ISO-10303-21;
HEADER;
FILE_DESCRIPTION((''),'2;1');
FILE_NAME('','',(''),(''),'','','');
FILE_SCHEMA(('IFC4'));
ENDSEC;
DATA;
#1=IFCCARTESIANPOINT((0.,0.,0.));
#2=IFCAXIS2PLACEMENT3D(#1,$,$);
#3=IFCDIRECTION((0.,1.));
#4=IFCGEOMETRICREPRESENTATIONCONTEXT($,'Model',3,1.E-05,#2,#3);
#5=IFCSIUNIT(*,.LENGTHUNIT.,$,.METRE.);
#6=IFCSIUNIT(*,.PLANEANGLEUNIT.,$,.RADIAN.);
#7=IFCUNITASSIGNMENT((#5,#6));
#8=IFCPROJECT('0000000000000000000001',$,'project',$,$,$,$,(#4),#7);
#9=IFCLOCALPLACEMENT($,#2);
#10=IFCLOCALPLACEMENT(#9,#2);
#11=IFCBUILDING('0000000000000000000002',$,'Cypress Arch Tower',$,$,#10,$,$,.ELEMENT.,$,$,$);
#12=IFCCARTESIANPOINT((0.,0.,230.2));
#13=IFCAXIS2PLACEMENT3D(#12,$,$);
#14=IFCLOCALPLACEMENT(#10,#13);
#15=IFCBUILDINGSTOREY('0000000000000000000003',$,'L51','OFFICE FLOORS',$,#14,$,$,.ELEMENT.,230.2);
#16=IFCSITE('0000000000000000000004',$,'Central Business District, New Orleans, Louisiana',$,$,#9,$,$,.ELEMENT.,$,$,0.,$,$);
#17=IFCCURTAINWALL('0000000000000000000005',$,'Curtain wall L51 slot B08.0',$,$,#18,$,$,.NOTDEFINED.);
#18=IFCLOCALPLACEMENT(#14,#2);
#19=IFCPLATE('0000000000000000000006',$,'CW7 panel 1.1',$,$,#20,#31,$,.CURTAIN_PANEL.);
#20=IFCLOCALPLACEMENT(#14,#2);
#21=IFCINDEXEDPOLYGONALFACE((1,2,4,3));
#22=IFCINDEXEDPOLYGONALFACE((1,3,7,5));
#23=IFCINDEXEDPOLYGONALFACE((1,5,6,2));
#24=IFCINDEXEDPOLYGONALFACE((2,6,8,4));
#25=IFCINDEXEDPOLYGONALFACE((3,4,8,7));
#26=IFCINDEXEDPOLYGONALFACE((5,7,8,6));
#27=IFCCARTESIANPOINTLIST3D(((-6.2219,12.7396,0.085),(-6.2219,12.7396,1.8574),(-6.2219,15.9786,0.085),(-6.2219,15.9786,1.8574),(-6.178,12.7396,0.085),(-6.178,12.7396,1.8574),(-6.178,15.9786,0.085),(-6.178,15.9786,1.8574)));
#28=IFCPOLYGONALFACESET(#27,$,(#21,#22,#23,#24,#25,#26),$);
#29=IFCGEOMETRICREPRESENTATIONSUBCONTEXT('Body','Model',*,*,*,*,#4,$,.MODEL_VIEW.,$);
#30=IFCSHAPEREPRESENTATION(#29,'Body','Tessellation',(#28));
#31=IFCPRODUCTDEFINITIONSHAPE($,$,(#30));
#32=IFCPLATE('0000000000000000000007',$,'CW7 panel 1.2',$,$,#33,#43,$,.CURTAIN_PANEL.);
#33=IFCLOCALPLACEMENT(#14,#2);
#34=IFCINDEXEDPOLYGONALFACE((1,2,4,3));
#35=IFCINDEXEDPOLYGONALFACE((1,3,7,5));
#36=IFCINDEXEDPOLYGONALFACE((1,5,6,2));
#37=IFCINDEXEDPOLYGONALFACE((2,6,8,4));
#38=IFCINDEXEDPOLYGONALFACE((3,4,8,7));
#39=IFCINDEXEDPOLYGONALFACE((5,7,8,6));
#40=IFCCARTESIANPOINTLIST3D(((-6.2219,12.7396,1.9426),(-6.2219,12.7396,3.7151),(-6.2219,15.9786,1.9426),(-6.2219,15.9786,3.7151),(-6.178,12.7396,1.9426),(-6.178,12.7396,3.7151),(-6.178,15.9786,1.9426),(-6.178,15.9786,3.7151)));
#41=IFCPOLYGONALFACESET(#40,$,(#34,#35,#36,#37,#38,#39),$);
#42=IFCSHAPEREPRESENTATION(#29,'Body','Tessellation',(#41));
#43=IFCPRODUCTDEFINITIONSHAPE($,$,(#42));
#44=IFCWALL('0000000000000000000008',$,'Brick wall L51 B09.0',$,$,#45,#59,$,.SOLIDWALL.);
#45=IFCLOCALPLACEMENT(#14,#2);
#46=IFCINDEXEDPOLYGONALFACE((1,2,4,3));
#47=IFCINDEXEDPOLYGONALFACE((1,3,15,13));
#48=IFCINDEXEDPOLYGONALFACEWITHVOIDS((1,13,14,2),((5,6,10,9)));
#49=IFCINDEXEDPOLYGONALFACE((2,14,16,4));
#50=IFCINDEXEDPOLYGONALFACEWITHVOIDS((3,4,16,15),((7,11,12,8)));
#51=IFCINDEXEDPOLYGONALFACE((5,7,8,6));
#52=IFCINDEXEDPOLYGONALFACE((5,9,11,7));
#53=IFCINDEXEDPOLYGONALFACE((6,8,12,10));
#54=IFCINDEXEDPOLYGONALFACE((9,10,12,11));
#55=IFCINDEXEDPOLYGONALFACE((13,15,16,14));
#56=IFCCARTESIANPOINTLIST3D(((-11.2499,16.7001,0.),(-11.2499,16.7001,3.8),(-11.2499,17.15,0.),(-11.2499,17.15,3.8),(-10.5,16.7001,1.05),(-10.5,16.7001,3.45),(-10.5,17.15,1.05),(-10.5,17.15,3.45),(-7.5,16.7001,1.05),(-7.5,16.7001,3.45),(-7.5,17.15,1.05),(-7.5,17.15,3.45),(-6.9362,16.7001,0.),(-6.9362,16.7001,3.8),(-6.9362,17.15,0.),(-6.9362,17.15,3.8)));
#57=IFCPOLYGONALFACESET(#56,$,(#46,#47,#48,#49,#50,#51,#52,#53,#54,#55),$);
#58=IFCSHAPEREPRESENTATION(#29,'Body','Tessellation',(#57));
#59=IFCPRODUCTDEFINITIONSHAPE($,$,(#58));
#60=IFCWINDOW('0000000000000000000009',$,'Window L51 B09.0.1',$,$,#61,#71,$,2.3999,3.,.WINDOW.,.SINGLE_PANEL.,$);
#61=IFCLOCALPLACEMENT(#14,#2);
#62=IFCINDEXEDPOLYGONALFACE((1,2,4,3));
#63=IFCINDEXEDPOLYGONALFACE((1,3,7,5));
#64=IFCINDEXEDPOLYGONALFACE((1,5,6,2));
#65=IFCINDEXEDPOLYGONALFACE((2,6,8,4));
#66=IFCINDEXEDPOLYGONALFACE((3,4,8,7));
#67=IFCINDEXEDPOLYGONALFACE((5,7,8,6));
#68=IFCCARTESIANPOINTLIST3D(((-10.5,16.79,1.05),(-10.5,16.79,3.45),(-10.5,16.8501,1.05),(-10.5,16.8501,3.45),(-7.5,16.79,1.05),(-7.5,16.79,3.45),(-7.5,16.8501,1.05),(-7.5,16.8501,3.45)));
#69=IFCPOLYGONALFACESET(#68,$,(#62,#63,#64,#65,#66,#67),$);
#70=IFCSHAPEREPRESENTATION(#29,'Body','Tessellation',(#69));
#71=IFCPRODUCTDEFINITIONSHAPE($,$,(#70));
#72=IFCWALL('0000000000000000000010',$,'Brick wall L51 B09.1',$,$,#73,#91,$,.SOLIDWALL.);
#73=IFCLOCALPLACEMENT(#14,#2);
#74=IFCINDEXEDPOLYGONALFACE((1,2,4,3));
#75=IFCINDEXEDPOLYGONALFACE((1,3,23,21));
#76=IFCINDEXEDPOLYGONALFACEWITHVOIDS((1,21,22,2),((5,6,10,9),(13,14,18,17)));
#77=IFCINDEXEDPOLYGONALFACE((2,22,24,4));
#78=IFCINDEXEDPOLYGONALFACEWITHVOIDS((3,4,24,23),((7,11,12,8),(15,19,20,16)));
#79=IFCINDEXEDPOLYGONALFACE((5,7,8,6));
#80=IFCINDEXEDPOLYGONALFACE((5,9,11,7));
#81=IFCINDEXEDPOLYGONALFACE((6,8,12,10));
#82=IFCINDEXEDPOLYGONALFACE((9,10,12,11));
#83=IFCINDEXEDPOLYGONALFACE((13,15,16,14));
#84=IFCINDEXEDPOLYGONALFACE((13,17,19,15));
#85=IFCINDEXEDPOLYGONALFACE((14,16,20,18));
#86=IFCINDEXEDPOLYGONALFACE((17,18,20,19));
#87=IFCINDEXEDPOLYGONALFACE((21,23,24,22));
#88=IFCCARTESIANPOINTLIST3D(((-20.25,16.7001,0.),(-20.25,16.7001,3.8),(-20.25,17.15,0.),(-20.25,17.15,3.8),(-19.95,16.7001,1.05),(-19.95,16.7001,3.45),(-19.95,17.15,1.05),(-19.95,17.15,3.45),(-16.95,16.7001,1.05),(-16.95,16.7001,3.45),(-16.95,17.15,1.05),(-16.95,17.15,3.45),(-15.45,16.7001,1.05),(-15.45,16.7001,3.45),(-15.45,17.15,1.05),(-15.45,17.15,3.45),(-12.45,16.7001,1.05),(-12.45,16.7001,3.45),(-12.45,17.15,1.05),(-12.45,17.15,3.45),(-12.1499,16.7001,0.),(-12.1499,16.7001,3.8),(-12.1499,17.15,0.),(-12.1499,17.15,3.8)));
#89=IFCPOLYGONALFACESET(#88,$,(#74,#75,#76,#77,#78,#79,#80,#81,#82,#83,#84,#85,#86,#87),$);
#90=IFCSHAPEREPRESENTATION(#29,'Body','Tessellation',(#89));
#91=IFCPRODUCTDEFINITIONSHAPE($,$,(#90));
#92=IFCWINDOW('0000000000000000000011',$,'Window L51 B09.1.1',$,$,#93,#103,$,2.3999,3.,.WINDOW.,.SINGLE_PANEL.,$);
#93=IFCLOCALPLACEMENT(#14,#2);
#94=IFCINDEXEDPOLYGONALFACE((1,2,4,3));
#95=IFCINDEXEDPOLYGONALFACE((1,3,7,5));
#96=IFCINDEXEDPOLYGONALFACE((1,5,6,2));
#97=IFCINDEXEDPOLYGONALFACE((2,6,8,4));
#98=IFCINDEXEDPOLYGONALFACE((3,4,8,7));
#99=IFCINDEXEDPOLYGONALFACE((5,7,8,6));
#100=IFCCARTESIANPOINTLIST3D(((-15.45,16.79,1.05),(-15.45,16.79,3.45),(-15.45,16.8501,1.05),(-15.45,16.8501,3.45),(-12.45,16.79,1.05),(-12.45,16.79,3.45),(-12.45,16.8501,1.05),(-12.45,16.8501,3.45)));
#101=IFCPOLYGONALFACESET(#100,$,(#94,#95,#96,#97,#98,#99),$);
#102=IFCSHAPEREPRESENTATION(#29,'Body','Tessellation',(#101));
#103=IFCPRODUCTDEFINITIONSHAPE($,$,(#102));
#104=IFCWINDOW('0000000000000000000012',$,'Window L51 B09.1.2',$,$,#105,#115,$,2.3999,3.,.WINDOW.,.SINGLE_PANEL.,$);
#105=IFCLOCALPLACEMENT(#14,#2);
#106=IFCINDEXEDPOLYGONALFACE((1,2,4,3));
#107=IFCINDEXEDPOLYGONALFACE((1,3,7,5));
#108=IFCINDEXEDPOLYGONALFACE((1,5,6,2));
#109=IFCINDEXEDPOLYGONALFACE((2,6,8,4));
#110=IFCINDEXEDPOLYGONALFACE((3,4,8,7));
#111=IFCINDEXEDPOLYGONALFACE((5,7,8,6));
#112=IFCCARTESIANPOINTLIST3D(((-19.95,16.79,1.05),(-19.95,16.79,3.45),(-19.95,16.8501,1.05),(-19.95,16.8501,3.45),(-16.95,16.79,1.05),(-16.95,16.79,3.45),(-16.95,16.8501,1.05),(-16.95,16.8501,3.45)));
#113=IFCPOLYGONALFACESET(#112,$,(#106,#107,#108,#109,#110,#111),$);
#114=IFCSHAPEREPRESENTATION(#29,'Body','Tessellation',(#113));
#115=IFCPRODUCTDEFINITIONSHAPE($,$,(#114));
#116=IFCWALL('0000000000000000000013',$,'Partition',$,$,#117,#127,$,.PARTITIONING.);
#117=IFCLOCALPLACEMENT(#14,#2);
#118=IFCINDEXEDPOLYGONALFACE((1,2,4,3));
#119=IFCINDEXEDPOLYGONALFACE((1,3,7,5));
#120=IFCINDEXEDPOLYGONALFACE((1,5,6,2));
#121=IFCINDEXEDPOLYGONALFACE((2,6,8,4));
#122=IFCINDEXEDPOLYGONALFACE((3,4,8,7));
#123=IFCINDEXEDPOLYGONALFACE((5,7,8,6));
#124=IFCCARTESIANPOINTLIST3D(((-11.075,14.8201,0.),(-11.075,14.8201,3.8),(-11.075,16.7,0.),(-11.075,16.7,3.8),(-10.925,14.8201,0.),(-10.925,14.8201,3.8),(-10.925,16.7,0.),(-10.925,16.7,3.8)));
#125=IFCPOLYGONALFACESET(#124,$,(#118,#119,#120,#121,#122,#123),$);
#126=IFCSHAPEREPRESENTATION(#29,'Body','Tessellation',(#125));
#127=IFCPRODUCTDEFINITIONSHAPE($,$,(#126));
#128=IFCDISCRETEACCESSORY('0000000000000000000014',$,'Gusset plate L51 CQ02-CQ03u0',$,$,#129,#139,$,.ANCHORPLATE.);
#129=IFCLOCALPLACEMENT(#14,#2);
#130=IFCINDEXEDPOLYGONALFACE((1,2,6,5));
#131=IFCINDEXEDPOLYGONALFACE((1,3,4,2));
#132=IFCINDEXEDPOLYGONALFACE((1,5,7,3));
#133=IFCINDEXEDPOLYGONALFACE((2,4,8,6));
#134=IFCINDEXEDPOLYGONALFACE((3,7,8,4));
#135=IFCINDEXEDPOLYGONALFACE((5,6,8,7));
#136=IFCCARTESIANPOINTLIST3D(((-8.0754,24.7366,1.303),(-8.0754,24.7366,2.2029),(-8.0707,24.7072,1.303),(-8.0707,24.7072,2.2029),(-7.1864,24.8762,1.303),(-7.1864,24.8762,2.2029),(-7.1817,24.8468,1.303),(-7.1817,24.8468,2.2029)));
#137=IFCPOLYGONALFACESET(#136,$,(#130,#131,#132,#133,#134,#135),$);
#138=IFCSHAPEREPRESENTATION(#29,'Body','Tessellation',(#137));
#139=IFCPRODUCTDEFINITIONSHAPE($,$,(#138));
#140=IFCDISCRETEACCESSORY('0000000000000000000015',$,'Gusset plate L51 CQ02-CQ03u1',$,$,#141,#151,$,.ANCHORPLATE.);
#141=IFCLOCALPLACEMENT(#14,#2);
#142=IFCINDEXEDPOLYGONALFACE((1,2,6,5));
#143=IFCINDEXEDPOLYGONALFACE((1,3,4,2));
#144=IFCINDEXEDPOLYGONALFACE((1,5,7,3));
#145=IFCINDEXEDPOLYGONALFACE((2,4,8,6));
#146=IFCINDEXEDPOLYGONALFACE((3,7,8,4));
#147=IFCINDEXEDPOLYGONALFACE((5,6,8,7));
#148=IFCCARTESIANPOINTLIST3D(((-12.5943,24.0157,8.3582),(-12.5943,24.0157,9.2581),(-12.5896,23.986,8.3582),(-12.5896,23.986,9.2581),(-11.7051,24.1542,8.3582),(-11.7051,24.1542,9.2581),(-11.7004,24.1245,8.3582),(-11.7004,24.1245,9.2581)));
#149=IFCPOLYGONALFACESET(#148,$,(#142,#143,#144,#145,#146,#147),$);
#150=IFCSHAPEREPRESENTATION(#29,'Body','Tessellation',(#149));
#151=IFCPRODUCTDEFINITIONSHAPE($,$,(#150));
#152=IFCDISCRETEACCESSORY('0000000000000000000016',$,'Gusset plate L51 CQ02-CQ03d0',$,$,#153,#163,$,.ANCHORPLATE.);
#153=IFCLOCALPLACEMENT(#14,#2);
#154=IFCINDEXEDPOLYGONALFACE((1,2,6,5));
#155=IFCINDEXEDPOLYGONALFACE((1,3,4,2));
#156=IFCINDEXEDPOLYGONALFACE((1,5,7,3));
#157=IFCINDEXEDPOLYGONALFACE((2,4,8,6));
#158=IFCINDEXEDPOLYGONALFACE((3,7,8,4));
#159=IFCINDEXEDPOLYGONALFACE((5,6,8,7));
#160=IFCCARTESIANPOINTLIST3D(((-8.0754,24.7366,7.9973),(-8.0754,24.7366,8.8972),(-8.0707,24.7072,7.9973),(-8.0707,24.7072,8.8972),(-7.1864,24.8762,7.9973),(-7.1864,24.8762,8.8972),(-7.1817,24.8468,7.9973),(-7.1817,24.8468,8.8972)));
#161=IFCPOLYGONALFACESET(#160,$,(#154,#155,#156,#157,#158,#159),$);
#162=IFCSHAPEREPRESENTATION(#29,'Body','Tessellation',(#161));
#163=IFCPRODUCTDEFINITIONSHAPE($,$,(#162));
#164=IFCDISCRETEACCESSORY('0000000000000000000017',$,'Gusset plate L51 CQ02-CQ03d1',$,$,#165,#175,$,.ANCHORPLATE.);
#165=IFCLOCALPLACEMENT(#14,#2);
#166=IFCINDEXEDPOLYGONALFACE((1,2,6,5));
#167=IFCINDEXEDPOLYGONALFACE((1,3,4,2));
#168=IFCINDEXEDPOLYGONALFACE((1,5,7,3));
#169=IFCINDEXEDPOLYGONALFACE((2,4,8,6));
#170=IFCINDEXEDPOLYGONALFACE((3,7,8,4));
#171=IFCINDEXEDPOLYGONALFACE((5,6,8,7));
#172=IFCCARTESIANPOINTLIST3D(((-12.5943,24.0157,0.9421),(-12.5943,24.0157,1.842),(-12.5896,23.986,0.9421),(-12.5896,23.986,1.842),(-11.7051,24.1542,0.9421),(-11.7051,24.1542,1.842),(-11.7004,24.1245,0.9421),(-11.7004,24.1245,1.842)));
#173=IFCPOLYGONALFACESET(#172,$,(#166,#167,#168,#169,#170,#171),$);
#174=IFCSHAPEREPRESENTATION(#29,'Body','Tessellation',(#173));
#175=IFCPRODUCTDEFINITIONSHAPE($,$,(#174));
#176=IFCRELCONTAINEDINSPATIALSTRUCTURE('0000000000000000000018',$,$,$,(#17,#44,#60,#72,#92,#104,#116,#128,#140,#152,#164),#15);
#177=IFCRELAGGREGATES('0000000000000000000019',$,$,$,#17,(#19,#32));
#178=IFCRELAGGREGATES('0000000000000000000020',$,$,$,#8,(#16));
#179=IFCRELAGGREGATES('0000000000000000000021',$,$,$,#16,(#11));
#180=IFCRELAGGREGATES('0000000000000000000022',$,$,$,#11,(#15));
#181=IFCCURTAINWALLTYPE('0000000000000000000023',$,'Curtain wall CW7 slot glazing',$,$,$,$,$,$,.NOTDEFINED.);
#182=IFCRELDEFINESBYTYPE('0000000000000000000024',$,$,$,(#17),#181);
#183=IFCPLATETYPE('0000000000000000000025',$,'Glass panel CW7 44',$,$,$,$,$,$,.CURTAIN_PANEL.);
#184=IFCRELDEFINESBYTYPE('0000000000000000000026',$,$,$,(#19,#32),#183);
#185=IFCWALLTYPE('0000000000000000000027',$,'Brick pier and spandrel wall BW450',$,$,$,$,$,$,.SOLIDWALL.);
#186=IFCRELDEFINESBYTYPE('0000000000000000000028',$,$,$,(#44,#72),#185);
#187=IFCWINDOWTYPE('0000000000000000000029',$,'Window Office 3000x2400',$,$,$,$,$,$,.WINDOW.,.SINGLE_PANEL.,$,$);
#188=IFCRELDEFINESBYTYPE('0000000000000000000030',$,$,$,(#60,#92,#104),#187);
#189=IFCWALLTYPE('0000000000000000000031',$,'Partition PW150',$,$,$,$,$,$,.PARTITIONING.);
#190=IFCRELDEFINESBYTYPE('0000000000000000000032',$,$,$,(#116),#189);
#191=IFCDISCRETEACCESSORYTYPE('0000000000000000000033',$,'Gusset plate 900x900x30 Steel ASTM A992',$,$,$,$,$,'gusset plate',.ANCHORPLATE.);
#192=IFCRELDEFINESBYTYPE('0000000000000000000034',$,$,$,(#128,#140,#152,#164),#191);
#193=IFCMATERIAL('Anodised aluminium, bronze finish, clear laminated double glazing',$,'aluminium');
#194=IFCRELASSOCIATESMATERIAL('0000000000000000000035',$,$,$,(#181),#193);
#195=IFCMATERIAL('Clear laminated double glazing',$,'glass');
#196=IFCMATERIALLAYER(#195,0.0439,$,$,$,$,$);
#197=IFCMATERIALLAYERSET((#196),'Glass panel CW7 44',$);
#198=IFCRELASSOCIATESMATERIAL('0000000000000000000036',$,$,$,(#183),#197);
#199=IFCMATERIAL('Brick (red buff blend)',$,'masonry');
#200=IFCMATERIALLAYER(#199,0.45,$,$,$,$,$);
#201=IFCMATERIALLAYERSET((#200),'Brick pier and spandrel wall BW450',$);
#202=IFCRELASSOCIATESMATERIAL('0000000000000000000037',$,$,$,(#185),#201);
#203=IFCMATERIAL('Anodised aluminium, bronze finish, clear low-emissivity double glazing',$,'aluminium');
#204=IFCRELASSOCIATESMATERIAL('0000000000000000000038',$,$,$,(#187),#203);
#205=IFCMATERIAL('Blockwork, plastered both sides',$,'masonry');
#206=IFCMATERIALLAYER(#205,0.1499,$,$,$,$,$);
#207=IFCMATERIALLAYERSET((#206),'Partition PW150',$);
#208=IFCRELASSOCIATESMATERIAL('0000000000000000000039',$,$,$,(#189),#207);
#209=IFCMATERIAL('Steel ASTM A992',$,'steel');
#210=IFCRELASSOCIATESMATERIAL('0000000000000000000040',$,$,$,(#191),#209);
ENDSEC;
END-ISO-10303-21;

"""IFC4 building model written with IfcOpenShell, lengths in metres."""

from ifc_helpers import new_model, si_unit, direction, frame, frame_2d, origin, origin_2d, place, context, subcontext, project, spatial, rectangle, extrude, material, layer, layer_set, material_profile, profile_set, type_object, element, fill, aggregate, save


model = new_model("IFC4")

# Units and contexts
model_context = context("Model", 3, precision=1e-05, world=origin(), true_north=direction((0.0, 1.0)))
body_context = subcontext(model_context, "Body", "Model", "MODEL_VIEW")
ifc_project = project(units=[si_unit("LENGTHUNIT", "METRE"), si_unit("PLANEANGLEUNIT", "RADIAN")], contexts=[model_context])

# Site, building, storey
site_placement = place(None, origin())
site = spatial("IfcSite", under=ifc_project, at=site_placement, Name="Central Business District, New Orleans, Louisiana", CompositionType="ELEMENT", RefElevation=0.0)
building_placement = place(site_placement, origin())
building = spatial("IfcBuilding", under=site, at=building_placement, Name="Cypress Arch Tower", CompositionType="ELEMENT")
storey_placement = place(building_placement, frame((0.0, 0.0, 230.2)))
storey = spatial("IfcBuildingStorey", under=building, at=storey_placement, Name="L51", Description="OFFICE FLOORS", CompositionType="ELEMENT", Elevation=230.2)

# Curtain wall
ifc_material_1 = material(Name="Anodised aluminium, bronze finish, clear laminated double glazing", Category="aluminium")
curtain_wall_type = type_object("IfcCurtainWallType", Name="Curtain wall CW7 slot glazing", PredefinedType="NOTDEFINED", material=ifc_material_1)
curtain_wall_placement = place(storey_placement, origin())
curtain_wall = element("IfcCurtainWall", 1, at=curtain_wall_placement, inside=storey, type_object=curtain_wall_type, Name="Curtain wall L51 slot B08.0", PredefinedType="NOTDEFINED")

# Plates
ifc_material_2 = material(Name="Clear laminated double glazing", Category="glass")
ifc_layer_1 = layer(ifc_material_2, 0.0439)
ifc_layer_set_1 = layer_set([ifc_layer_1], Name="Glass panel CW7 44")
plate_type = type_object("IfcPlateType", Name="Glass panel CW7 44", PredefinedType="CURTAIN_PANEL", material=ifc_layer_set_1)
plate_1_placement = place(storey_placement, frame((-6.2, 14.3591, 0.085), z_axis=(0.0, 0.0, 1.0), x_axis=(0.0, 1.0, 0.0)))
plate_1 = element("IfcPlate", 2, at=plate_1_placement, type_object=plate_type, Name="CW7 panel 1.1", PredefinedType="CURTAIN_PANEL", context=body_context, shape_type="SweptSolid", body=[
    extrude(rectangle(XDim=3.239, YDim=0.0439, at=origin_2d()), origin(), (0.0, 0.0, 1.0), 1.7725),
])
plate_2_placement = place(storey_placement, frame((-6.2, 14.3591, 1.9426), z_axis=(0.0, 0.0, 1.0), x_axis=(0.0, 1.0, 0.0)))
plate_2 = element("IfcPlate", 3, at=plate_2_placement, type_object=plate_type, Name="CW7 panel 1.2", PredefinedType="CURTAIN_PANEL", context=body_context, shape_type="SweptSolid", body=[
    extrude(rectangle(XDim=3.239, YDim=0.0439, at=origin_2d()), origin(), (0.0, 0.0, 1.0), 1.7725),
])
aggregate(curtain_wall, [plate_1, plate_2])

# Wall, opening, window
ifc_material_3 = material(Name="Brick (red buff blend)", Category="masonry")
ifc_layer_2 = layer(ifc_material_3, 0.45)
ifc_layer_set_2 = layer_set([ifc_layer_2], Name="Brick pier and spandrel wall BW450")
wall_type_1 = type_object("IfcWallType", Name="Brick pier and spandrel wall BW450", PredefinedType="SOLIDWALL", material=ifc_layer_set_2)
wall_1_placement = place(storey_placement, frame((-6.9363, 16.925, 0.0), z_axis=(0.0, 0.0, 1.0), x_axis=(-1.0, 0.0, 0.0)))
wall_1 = element("IfcWall", 4, at=wall_1_placement, inside=storey, type_object=wall_type_1, Name="Brick wall L51 B09.0", PredefinedType="SOLIDWALL", context=body_context, shape_type="SweptSolid", body=[
    extrude(rectangle(XDim=4.3137, YDim=0.45, at=frame_2d((2.1567, 0.0))), origin(), (0.0, 0.0, 1.0), 3.8),
])
opening_1_placement = place(wall_1_placement, frame((0.5637, 0.0, 1.05)))
opening_1 = element("IfcOpeningElement", 5, at=opening_1_placement, cuts=wall_1, PredefinedType="OPENING", context=body_context, shape_type="SweptSolid", body=[
    extrude(rectangle(XDim=3.0, YDim=2.3999, at=frame_2d((1.5, 1.2))), frame((0.0, 0.2349, 0.0), z_axis=(0.0, -1.0, 0.0), x_axis=(1.0, 0.0, 0.0)), (0.0, 0.0, 1.0), 0.47),
])
ifc_material_4 = material(Name="Anodised aluminium, bronze finish, clear low-emissivity double glazing", Category="aluminium")
window_type = type_object("IfcWindowType", Name="Window Office 3000x2400", PartitioningType="SINGLE_PANEL", PredefinedType="WINDOW", material=ifc_material_4)
window_1_placement = place(opening_1_placement, origin())
window_1 = element("IfcWindow", 6, at=window_1_placement, inside=storey, type_object=window_type, Name="Window L51 B09.0.1", OverallHeight=2.3999, OverallWidth=3.0, PartitioningType="SINGLE_PANEL", PredefinedType="WINDOW", context=body_context, shape_type="SweptSolid", body=[
    extrude(rectangle(XDim=3.0, YDim=2.3999, at=frame_2d((1.5, 1.2))), frame((0.0, 0.135, 0.0), z_axis=(0.0, -1.0, 0.0), x_axis=(1.0, 0.0, 0.0)), (0.0, 0.0, 1.0), 0.0601),
])
fill(opening_1, window_1)

# Wall, openings, windows
wall_2_placement = place(storey_placement, frame((-12.1499, 16.925, 0.0), z_axis=(0.0, 0.0, 1.0), x_axis=(-1.0, 0.0, 0.0)))
wall_2 = element("IfcWall", 7, at=wall_2_placement, inside=storey, type_object=wall_type_1, Name="Brick wall L51 B09.1", PredefinedType="SOLIDWALL", context=body_context, shape_type="SweptSolid", body=[
    extrude(rectangle(XDim=8.1001, YDim=0.45, at=frame_2d((4.05, 0.0))), origin(), (0.0, 0.0, 1.0), 3.8),
])
opening_2_placement = place(wall_2_placement, frame((0.3, 0.0, 1.05)))
opening_2 = element("IfcOpeningElement", 8, at=opening_2_placement, cuts=wall_2, PredefinedType="OPENING", context=body_context, shape_type="SweptSolid", body=[
    extrude(rectangle(XDim=3.0, YDim=2.3999, at=frame_2d((1.5, 1.2))), frame((0.0, 0.2349, 0.0), z_axis=(0.0, -1.0, 0.0), x_axis=(1.0, 0.0, 0.0)), (0.0, 0.0, 1.0), 0.47),
])
opening_3_placement = place(wall_2_placement, frame((4.8, 0.0, 1.05)))
opening_3 = element("IfcOpeningElement", 9, at=opening_3_placement, cuts=wall_2, PredefinedType="OPENING", context=body_context, shape_type="SweptSolid", body=[
    extrude(rectangle(XDim=3.0, YDim=2.3999, at=frame_2d((1.5, 1.2))), frame((0.0, 0.2349, 0.0), z_axis=(0.0, -1.0, 0.0), x_axis=(1.0, 0.0, 0.0)), (0.0, 0.0, 1.0), 0.47),
])
window_2_placement = place(opening_2_placement, origin())
window_2 = element("IfcWindow", 10, at=window_2_placement, inside=storey, type_object=window_type, Name="Window L51 B09.1.1", OverallHeight=2.3999, OverallWidth=3.0, PartitioningType="SINGLE_PANEL", PredefinedType="WINDOW", context=body_context, shape_type="SweptSolid", body=[
    extrude(rectangle(XDim=3.0, YDim=2.3999, at=frame_2d((1.5, 1.2))), frame((0.0, 0.135, 0.0), z_axis=(0.0, -1.0, 0.0), x_axis=(1.0, 0.0, 0.0)), (0.0, 0.0, 1.0), 0.0601),
])
fill(opening_2, window_2)
window_3_placement = place(opening_3_placement, origin())
window_3 = element("IfcWindow", 11, at=window_3_placement, inside=storey, type_object=window_type, Name="Window L51 B09.1.2", OverallHeight=2.3999, OverallWidth=3.0, PartitioningType="SINGLE_PANEL", PredefinedType="WINDOW", context=body_context, shape_type="SweptSolid", body=[
    extrude(rectangle(XDim=3.0, YDim=2.3999, at=frame_2d((1.5, 1.2))), frame((0.0, 0.135, 0.0), z_axis=(0.0, -1.0, 0.0), x_axis=(1.0, 0.0, 0.0)), (0.0, 0.0, 1.0), 0.0601),
])
fill(opening_3, window_3)

# Wall
ifc_material_5 = material(Name="Blockwork, plastered both sides", Category="masonry")
ifc_layer_3 = layer(ifc_material_5, 0.1499)
ifc_layer_set_3 = layer_set([ifc_layer_3], Name="Partition PW150")
wall_type_2 = type_object("IfcWallType", Name="Partition PW150", PredefinedType="PARTITIONING", material=ifc_layer_set_3)
wall_3_placement = place(storey_placement, frame((-11.0, 14.8201, 0.0), z_axis=(0.0, 0.0, 1.0), x_axis=(0.0, 1.0, 0.0)))
element("IfcWall", 12, at=wall_3_placement, inside=storey, type_object=wall_type_2, Name="Partition", PredefinedType="PARTITIONING", context=body_context, shape_type="SweptSolid", body=[
    extrude(rectangle(XDim=1.8799, YDim=0.1499, at=frame_2d((0.9399, 0.0))), origin(), (0.0, 0.0, 1.0), 3.8),
])

# Discrete accessories
ifc_material_6 = material(Name="Steel ASTM A992", Category="steel")
ifc_material_profile_1 = material_profile(ifc_material_6, rectangle(XDim=0.8999, YDim=0.8999, at=origin_2d()), Name="PL 30 900x900")
ifc_profile_set_1 = profile_set([ifc_material_profile_1], Name="Steel ASTM A992")
discrete_accessory_type_1 = type_object("IfcDiscreteAccessoryType", Name="Gusset plate 900x900x30 Steel ASTM A992", ElementType="gusset plate", PredefinedType="ANCHORPLATE", material=ifc_profile_set_1)
discrete_accessory_1_placement = place(storey_placement, frame((-7.6309, 24.8064, 1.7529), z_axis=(0.155124, -0.987895, 0.0), x_axis=(0.987895, 0.155124, 0.0)))
element("IfcDiscreteAccessory", 13, at=discrete_accessory_1_placement, inside=storey, type_object=discrete_accessory_type_1, Name="Gusset plate L51 CQ02-CQ03u0", PredefinedType="ANCHORPLATE", context=body_context, shape_type="SweptSolid", body=[
    extrude(rectangle(XDim=0.8999, YDim=0.8999, at=origin_2d()), origin(), (0.0, 0.0, 1.0), 0.0298),
])
discrete_accessory_2_placement = place(storey_placement, frame((-12.1497, 24.085, 8.8081), z_axis=(0.153883, -0.988089, 0.0), x_axis=(0.988089, 0.153883, 0.0)))
element("IfcDiscreteAccessory", 14, at=discrete_accessory_2_placement, inside=storey, type_object=discrete_accessory_type_1, Name="Gusset plate L51 CQ02-CQ03u1", PredefinedType="ANCHORPLATE", context=body_context, shape_type="SweptSolid", body=[
    extrude(rectangle(XDim=0.8999, YDim=0.8999, at=origin_2d()), origin(), (0.0, 0.0, 1.0), 0.03),
])
discrete_accessory_3_placement = place(storey_placement, frame((-7.6309, 24.8064, 8.4473), z_axis=(0.155124, -0.987895, 0.0), x_axis=(0.987895, 0.155124, 0.0)))
element("IfcDiscreteAccessory", 15, at=discrete_accessory_3_placement, inside=storey, type_object=discrete_accessory_type_1, Name="Gusset plate L51 CQ02-CQ03d0", PredefinedType="ANCHORPLATE", context=body_context, shape_type="SweptSolid", body=[
    extrude(rectangle(XDim=0.8999, YDim=0.8999, at=origin_2d()), origin(), (0.0, 0.0, 1.0), 0.0298),
])
discrete_accessory_4_placement = place(storey_placement, frame((-12.1497, 24.085, 1.3921), z_axis=(0.153883, -0.988089, 0.0), x_axis=(0.988089, 0.153883, 0.0)))
element("IfcDiscreteAccessory", 16, at=discrete_accessory_4_placement, inside=storey, type_object=discrete_accessory_type_1, Name="Gusset plate L51 CQ02-CQ03d1", PredefinedType="ANCHORPLATE", context=body_context, shape_type="SweptSolid", body=[
    extrude(rectangle(XDim=0.8999, YDim=0.8999, at=origin_2d()), origin(), (0.0, 0.0, 1.0), 0.03),
])

save(model, "model.ifc")
